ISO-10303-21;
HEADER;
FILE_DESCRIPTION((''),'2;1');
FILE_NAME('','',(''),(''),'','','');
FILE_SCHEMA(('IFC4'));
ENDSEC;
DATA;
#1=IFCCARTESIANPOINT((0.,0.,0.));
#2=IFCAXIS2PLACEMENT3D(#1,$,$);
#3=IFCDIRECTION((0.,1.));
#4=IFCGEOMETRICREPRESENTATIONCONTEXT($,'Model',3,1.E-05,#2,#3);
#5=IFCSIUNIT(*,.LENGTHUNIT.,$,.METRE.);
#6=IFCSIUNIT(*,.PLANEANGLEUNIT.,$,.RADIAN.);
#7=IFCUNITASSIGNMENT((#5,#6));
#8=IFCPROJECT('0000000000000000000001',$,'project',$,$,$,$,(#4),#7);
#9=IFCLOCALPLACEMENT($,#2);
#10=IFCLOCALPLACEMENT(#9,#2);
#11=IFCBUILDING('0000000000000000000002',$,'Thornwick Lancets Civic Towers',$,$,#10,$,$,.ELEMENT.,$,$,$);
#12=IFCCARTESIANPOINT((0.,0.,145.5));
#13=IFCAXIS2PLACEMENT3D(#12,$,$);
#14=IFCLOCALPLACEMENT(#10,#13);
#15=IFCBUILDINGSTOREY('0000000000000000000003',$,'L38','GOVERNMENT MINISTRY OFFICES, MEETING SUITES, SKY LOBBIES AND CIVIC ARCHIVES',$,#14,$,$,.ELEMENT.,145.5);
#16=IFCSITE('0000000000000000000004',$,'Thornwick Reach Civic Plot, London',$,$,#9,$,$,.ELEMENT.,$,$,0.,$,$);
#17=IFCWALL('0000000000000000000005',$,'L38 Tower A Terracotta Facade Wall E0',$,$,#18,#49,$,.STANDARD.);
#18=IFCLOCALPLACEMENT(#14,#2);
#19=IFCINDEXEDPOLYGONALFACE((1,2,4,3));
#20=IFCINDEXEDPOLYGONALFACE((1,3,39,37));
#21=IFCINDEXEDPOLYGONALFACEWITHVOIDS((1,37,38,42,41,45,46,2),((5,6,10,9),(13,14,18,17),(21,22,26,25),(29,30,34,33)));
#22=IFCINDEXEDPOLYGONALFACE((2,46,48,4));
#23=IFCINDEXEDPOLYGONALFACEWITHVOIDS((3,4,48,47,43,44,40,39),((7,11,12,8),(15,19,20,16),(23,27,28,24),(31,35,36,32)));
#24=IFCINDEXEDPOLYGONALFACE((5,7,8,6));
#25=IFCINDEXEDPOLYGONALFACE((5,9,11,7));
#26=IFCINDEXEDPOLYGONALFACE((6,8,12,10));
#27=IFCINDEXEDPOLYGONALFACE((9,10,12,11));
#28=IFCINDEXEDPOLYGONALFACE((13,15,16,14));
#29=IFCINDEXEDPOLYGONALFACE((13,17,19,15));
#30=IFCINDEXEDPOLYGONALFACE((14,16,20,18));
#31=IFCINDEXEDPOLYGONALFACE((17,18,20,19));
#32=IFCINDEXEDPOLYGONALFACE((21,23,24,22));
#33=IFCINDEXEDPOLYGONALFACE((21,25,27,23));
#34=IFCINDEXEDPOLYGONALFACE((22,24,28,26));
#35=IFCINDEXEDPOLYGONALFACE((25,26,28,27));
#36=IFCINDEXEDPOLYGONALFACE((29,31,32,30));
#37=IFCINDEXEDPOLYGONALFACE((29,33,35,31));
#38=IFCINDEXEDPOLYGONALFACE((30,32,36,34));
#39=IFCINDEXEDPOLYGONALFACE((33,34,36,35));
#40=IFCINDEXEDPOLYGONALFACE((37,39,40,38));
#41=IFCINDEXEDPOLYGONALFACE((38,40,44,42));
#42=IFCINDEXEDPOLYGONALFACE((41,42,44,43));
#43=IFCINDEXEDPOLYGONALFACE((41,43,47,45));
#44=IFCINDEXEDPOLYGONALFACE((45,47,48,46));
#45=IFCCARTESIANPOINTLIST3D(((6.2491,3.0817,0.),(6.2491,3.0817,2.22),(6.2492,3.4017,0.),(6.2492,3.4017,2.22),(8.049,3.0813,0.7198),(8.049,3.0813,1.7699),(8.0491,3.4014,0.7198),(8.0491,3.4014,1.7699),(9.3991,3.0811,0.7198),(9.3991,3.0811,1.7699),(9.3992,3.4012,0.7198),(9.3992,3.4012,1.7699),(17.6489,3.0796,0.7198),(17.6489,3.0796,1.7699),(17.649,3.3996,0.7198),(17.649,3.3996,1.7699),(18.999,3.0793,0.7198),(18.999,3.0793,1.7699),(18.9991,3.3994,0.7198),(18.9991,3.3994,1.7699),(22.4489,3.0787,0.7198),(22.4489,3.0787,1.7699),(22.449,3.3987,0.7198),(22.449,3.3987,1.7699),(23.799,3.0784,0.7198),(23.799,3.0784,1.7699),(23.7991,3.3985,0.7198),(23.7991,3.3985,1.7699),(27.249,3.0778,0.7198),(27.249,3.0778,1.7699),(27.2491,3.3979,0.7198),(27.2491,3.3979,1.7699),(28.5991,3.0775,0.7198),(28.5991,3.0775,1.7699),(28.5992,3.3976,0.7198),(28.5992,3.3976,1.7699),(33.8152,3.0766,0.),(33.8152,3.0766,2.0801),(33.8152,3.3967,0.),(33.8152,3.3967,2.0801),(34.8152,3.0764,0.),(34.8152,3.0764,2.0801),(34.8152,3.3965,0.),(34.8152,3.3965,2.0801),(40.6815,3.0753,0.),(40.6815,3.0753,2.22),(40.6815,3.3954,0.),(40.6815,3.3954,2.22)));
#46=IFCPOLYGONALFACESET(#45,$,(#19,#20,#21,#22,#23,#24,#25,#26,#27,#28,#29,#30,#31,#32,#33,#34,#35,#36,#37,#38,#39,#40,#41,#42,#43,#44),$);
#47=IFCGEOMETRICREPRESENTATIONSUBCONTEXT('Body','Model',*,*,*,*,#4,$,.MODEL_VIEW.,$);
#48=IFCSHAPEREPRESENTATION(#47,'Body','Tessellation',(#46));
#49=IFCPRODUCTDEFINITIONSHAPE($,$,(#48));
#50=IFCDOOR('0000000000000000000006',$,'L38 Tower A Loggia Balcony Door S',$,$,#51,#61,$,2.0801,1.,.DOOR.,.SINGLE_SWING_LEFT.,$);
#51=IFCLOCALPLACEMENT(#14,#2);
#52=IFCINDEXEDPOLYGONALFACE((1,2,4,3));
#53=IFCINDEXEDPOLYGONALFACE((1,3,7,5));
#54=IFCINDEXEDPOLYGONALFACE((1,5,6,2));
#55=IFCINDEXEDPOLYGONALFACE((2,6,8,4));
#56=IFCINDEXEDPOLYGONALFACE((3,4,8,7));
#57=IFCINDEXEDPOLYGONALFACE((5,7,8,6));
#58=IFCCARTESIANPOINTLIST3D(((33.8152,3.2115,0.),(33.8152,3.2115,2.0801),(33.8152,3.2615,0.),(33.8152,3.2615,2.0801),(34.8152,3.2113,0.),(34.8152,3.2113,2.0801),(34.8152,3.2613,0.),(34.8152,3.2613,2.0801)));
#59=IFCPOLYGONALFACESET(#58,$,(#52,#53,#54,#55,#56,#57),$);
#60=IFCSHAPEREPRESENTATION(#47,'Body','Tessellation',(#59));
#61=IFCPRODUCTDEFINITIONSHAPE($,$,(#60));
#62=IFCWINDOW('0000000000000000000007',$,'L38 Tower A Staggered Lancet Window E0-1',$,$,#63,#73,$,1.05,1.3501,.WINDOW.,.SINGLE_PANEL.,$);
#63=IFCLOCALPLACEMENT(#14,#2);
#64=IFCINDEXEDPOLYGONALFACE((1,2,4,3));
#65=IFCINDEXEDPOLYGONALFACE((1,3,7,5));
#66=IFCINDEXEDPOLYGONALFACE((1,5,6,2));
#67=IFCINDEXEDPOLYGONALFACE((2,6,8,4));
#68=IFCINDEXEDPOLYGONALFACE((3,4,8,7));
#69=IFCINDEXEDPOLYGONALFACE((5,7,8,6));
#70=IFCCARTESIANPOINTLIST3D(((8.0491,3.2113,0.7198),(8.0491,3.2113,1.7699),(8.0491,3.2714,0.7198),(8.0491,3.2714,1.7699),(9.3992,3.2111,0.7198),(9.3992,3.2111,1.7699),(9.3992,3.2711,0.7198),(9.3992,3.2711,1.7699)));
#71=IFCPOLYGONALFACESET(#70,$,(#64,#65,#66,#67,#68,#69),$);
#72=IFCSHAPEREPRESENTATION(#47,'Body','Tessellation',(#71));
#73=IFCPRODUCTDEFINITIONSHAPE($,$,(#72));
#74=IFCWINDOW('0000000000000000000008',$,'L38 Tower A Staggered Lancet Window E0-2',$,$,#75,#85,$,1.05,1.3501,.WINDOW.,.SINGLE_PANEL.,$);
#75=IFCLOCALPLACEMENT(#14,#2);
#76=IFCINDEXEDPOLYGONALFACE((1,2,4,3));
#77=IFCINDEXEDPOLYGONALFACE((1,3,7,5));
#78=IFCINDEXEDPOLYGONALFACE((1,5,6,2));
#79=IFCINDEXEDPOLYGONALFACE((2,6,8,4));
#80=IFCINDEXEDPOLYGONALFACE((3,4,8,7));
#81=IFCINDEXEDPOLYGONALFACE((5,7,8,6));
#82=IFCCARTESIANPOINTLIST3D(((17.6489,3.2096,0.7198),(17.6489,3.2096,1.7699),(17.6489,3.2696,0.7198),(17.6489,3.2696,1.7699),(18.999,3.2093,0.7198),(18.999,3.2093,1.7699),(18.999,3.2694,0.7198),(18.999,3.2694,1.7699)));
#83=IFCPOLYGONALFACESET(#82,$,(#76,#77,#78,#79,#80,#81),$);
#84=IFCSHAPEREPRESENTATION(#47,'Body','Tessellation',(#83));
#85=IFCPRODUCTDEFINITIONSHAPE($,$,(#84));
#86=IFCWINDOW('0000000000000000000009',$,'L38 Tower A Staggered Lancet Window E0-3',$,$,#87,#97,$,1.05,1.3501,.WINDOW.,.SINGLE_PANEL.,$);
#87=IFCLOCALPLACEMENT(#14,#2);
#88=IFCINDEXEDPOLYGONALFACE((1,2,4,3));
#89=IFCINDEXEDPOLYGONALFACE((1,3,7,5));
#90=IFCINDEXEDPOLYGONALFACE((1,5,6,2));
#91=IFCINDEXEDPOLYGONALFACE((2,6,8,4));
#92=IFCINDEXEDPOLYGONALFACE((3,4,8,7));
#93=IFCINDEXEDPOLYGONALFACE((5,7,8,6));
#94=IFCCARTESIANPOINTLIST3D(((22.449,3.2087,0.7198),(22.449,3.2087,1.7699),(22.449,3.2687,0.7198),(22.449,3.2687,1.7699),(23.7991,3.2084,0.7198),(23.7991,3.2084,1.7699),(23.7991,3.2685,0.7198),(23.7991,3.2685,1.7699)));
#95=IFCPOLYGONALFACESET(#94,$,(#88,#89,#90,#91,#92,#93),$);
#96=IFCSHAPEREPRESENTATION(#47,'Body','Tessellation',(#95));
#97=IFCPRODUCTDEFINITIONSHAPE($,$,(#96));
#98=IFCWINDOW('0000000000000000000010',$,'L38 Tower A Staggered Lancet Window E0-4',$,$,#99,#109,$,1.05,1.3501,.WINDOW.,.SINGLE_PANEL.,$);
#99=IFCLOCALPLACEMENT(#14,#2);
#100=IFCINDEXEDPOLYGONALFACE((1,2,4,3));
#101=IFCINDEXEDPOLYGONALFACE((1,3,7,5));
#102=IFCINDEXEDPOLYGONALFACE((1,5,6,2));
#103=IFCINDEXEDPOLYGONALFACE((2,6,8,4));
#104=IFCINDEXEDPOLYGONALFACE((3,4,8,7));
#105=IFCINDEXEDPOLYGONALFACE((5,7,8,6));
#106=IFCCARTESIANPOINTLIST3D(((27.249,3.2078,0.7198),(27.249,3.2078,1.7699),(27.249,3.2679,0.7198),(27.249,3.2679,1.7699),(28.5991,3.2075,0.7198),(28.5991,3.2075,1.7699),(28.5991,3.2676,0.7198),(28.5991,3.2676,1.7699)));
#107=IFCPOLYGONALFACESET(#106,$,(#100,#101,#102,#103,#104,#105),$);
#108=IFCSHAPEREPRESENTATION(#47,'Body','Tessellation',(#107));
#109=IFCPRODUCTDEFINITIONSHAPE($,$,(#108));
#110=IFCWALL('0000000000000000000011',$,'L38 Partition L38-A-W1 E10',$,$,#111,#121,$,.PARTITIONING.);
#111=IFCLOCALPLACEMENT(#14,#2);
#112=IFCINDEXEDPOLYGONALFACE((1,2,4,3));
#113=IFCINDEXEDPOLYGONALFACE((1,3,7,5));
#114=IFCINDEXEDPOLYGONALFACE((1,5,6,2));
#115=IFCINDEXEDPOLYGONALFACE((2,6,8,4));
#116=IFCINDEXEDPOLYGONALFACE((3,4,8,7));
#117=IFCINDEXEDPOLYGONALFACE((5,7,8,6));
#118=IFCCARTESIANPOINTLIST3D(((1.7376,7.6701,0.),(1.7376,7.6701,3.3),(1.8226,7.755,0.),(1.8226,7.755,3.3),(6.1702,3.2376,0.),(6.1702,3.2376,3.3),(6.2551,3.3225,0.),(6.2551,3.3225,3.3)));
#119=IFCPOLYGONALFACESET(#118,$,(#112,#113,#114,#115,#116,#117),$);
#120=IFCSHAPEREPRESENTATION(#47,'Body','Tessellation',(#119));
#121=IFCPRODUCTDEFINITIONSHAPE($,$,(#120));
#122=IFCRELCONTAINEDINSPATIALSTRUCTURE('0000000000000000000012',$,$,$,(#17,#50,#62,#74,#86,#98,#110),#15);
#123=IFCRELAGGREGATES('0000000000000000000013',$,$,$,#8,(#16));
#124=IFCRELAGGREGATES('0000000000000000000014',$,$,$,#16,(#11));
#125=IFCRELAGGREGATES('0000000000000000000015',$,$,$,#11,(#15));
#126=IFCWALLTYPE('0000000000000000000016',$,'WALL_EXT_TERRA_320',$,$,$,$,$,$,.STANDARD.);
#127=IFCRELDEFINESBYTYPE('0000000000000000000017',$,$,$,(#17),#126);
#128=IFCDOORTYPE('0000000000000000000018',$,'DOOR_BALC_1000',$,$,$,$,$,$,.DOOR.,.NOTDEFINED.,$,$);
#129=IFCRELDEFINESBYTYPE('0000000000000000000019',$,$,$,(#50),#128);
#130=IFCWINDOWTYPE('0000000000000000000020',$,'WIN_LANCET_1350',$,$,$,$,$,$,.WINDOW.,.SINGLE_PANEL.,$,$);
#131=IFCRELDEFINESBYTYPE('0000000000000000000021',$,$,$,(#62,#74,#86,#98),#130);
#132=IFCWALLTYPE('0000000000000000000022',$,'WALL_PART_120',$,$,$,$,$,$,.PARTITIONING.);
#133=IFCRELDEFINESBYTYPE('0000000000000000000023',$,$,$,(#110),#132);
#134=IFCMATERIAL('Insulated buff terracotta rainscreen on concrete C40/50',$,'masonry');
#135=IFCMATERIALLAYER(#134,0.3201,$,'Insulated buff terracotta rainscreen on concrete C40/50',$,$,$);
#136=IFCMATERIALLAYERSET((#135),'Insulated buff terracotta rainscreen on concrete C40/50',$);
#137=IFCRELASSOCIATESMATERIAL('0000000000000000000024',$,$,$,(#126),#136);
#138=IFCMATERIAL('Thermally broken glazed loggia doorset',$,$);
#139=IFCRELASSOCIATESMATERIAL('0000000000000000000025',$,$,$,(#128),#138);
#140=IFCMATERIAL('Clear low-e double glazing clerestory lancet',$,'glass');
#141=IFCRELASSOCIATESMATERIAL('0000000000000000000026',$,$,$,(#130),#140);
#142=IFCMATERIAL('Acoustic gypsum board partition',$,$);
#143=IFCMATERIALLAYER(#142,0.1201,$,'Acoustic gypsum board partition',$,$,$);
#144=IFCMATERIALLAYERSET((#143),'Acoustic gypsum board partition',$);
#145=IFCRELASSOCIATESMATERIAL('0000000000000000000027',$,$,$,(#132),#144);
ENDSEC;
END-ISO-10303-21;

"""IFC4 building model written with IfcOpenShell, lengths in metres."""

from ifc_helpers import new_model, si_unit, direction, frame, frame_2d, origin, place, context, subcontext, project, spatial, rectangle, extrude, material, layer, layer_set, type_object, element, fill, save


model = new_model("IFC4")

# Units and contexts
model_context = context("Model", 3, precision=1e-05, world=origin(), true_north=direction((0.0, 1.0)))
body_context = subcontext(model_context, "Body", "Model", "MODEL_VIEW")
ifc_project = project(units=[si_unit("LENGTHUNIT", "METRE"), si_unit("PLANEANGLEUNIT", "RADIAN")], contexts=[model_context])

# Site, building, storey
site_placement = place(None, origin())
site = spatial("IfcSite", under=ifc_project, at=site_placement, Name="Thornwick Reach Civic Plot, London", CompositionType="ELEMENT", RefElevation=0.0)
building_placement = place(site_placement, origin())
building = spatial("IfcBuilding", under=site, at=building_placement, Name="Thornwick Lancets Civic Towers", CompositionType="ELEMENT")
storey_placement = place(building_placement, frame((0.0, 0.0, 145.5)))
storey = spatial("IfcBuildingStorey", under=building, at=storey_placement, Name="L38", Description="GOVERNMENT MINISTRY OFFICES, MEETING SUITES, SKY LOBBIES AND CIVIC ARCHIVES", CompositionType="ELEMENT", Elevation=145.5)

# Wall, openings, door, windows
ifc_material_1 = material(Name="Insulated buff terracotta rainscreen on concrete C40/50", Category="masonry")
ifc_layer_1 = layer(ifc_material_1, 0.3201, Name="Insulated buff terracotta rainscreen on concrete C40/50")
ifc_layer_set_1 = layer_set([ifc_layer_1], Name="Insulated buff terracotta rainscreen on concrete C40/50")
wall_type_1 = type_object("IfcWallType", Name="WALL_EXT_TERRA_320", PredefinedType="STANDARD", material=ifc_layer_set_1)
wall_1_placement = place(storey_placement, frame((6.249, 3.2417, 0.0), z_axis=(0.0, 0.0, 1.0), x_axis=(1.0, -0.000184, 0.0)))
wall_1 = element("IfcWall", 1, at=wall_1_placement, inside=storey, type_object=wall_type_1, Name="L38 Tower A Terracotta Facade Wall E0", PredefinedType="STANDARD", context=body_context, shape_type="SweptSolid", body=[
    extrude(rectangle(XDim=34.4324, YDim=0.3201, at=frame_2d((17.2163, 0.0))), origin(), (0.0, 0.0, 1.0), 2.22),
])
opening_1_placement = place(wall_1_placement, frame((27.5662, 0.0, 0.0)))
opening_1 = element("IfcOpeningElement", 2, at=opening_1_placement, cuts=wall_1, PredefinedType="OPENING", context=body_context, shape_type="SweptSolid", body=[
    extrude(rectangle(XDim=1.0, YDim=2.0801, at=frame_2d((0.5, 1.04))), frame((0.0, 0.1699, 0.0), z_axis=(0.0, -1.0, 0.0), x_axis=(1.0, 0.0, 0.0)), (0.0, 0.0, 1.0), 0.3401),
])
opening_2_placement = place(wall_1_placement, frame((1.8, 0.0, 0.72)))
opening_2 = element("IfcOpeningElement", 3, at=opening_2_placement, cuts=wall_1, PredefinedType="OPENING", context=body_context, shape_type="SweptSolid", body=[
    extrude(rectangle(XDim=1.3501, YDim=1.05, at=frame_2d((0.675, 0.5249))), frame((0.0, 0.1699, 0.0), z_axis=(0.0, -1.0, 0.0), x_axis=(1.0, 0.0, 0.0)), (0.0, 0.0, 1.0), 0.3401),
])
opening_3_placement = place(wall_1_placement, frame((11.3999, 0.0, 0.72)))
opening_3 = element("IfcOpeningElement", 4, at=opening_3_placement, cuts=wall_1, PredefinedType="OPENING", context=body_context, shape_type="SweptSolid", body=[
    extrude(rectangle(XDim=1.3501, YDim=1.05, at=frame_2d((0.675, 0.5249))), frame((0.0, 0.1699, 0.0), z_axis=(0.0, -1.0, 0.0), x_axis=(1.0, 0.0, 0.0)), (0.0, 0.0, 1.0), 0.3401),
])
opening_4_placement = place(wall_1_placement, frame((16.2, 0.0, 0.72)))
opening_4 = element("IfcOpeningElement", 5, at=opening_4_placement, cuts=wall_1, PredefinedType="OPENING", context=body_context, shape_type="SweptSolid", body=[
    extrude(rectangle(XDim=1.3501, YDim=1.05, at=frame_2d((0.675, 0.5249))), frame((0.0, 0.1699, 0.0), z_axis=(0.0, -1.0, 0.0), x_axis=(1.0, 0.0, 0.0)), (0.0, 0.0, 1.0), 0.3401),
])
opening_5_placement = place(wall_1_placement, frame((21.0, 0.0, 0.72)))
opening_5 = element("IfcOpeningElement", 6, at=opening_5_placement, cuts=wall_1, PredefinedType="OPENING", context=body_context, shape_type="SweptSolid", body=[
    extrude(rectangle(XDim=1.3501, YDim=1.05, at=frame_2d((0.675, 0.5249))), frame((0.0, 0.1699, 0.0), z_axis=(0.0, -1.0, 0.0), x_axis=(1.0, 0.0, 0.0)), (0.0, 0.0, 1.0), 0.3401),
])
ifc_material_2 = material(Name="Thermally broken glazed loggia doorset")
door_type = type_object("IfcDoorType", Name="DOOR_BALC_1000", OperationType="NOTDEFINED", PredefinedType="DOOR", material=ifc_material_2)
door_placement = place(opening_1_placement, origin())
door = element("IfcDoor", 7, at=door_placement, inside=storey, type_object=door_type, Name="L38 Tower A Loggia Balcony Door S", OperationType="SINGLE_SWING_LEFT", OverallHeight=2.0801, OverallWidth=1.0, PredefinedType="DOOR", context=body_context, shape_type="SweptSolid", body=[
    extrude(rectangle(XDim=1.0, YDim=2.0801, at=frame_2d((0.5, 1.04))), frame((0.0, 0.0249, 0.0), z_axis=(0.0, -1.0, 0.0), x_axis=(1.0, 0.0, 0.0)), (0.0, 0.0, 1.0), 0.05),
])
fill(opening_1, door)
ifc_material_3 = material(Name="Clear low-e double glazing clerestory lancet", Category="glass")
window_type = type_object("IfcWindowType", Name="WIN_LANCET_1350", PartitioningType="SINGLE_PANEL", PredefinedType="WINDOW", material=ifc_material_3)
window_1_placement = place(opening_2_placement, origin())
window_1 = element("IfcWindow", 8, at=window_1_placement, inside=storey, type_object=window_type, Name="L38 Tower A Staggered Lancet Window E0-1", OverallHeight=1.05, OverallWidth=1.3501, PartitioningType="SINGLE_PANEL", PredefinedType="WINDOW", context=body_context, shape_type="SweptSolid", body=[
    extrude(rectangle(XDim=1.3501, YDim=1.05, at=frame_2d((0.675, 0.5249))), frame((0.0, 0.03, 0.0), z_axis=(0.0, -1.0, 0.0), x_axis=(1.0, 0.0, 0.0)), (0.0, 0.0, 1.0), 0.0601),
])
fill(opening_2, window_1)
window_2_placement = place(opening_3_placement, origin())
window_2 = element("IfcWindow", 9, at=window_2_placement, inside=storey, type_object=window_type, Name="L38 Tower A Staggered Lancet Window E0-2", OverallHeight=1.05, OverallWidth=1.3501, PartitioningType="SINGLE_PANEL", PredefinedType="WINDOW", context=body_context, shape_type="SweptSolid", body=[
    extrude(rectangle(XDim=1.3501, YDim=1.05, at=frame_2d((0.675, 0.5249))), frame((0.0, 0.03, 0.0), z_axis=(0.0, -1.0, 0.0), x_axis=(1.0, 0.0, 0.0)), (0.0, 0.0, 1.0), 0.0601),
])
fill(opening_3, window_2)
window_3_placement = place(opening_4_placement, origin())
window_3 = element("IfcWindow", 10, at=window_3_placement, inside=storey, type_object=window_type, Name="L38 Tower A Staggered Lancet Window E0-3", OverallHeight=1.05, OverallWidth=1.3501, PartitioningType="SINGLE_PANEL", PredefinedType="WINDOW", context=body_context, shape_type="SweptSolid", body=[
    extrude(rectangle(XDim=1.3501, YDim=1.05, at=frame_2d((0.675, 0.5249))), frame((0.0, 0.03, 0.0), z_axis=(0.0, -1.0, 0.0), x_axis=(1.0, 0.0, 0.0)), (0.0, 0.0, 1.0), 0.0601),
])
fill(opening_4, window_3)
window_4_placement = place(opening_5_placement, origin())
window_4 = element("IfcWindow", 11, at=window_4_placement, inside=storey, type_object=window_type, Name="L38 Tower A Staggered Lancet Window E0-4", OverallHeight=1.05, OverallWidth=1.3501, PartitioningType="SINGLE_PANEL", PredefinedType="WINDOW", context=body_context, shape_type="SweptSolid", body=[
    extrude(rectangle(XDim=1.3501, YDim=1.05, at=frame_2d((0.675, 0.5249))), frame((0.0, 0.03, 0.0), z_axis=(0.0, -1.0, 0.0), x_axis=(1.0, 0.0, 0.0)), (0.0, 0.0, 1.0), 0.0601),
])
fill(opening_5, window_4)

# Wall
ifc_material_4 = material(Name="Acoustic gypsum board partition")
ifc_layer_2 = layer(ifc_material_4, 0.1201, Name="Acoustic gypsum board partition")
ifc_layer_set_2 = layer_set([ifc_layer_2], Name="Acoustic gypsum board partition")
wall_type_2 = type_object("IfcWallType", Name="WALL_PART_120", PredefinedType="PARTITIONING", material=ifc_layer_set_2)
wall_2_placement = place(storey_placement, frame((6.2126, 3.28, 0.0), z_axis=(0.0, 0.0, 1.0), x_axis=(-0.707107, 0.707107, 0.0)))
element("IfcWall", 12, at=wall_2_placement, inside=storey, type_object=wall_type_2, Name="L38 Partition L38-A-W1 E10", PredefinedType="PARTITIONING", context=body_context, shape_type="SweptSolid", body=[
    extrude(rectangle(XDim=6.2686, YDim=0.1201, at=frame_2d((3.1343, 0.0))), origin(), (0.0, 0.0, 1.0), 3.3),
])

save(model, "model.ifc")
